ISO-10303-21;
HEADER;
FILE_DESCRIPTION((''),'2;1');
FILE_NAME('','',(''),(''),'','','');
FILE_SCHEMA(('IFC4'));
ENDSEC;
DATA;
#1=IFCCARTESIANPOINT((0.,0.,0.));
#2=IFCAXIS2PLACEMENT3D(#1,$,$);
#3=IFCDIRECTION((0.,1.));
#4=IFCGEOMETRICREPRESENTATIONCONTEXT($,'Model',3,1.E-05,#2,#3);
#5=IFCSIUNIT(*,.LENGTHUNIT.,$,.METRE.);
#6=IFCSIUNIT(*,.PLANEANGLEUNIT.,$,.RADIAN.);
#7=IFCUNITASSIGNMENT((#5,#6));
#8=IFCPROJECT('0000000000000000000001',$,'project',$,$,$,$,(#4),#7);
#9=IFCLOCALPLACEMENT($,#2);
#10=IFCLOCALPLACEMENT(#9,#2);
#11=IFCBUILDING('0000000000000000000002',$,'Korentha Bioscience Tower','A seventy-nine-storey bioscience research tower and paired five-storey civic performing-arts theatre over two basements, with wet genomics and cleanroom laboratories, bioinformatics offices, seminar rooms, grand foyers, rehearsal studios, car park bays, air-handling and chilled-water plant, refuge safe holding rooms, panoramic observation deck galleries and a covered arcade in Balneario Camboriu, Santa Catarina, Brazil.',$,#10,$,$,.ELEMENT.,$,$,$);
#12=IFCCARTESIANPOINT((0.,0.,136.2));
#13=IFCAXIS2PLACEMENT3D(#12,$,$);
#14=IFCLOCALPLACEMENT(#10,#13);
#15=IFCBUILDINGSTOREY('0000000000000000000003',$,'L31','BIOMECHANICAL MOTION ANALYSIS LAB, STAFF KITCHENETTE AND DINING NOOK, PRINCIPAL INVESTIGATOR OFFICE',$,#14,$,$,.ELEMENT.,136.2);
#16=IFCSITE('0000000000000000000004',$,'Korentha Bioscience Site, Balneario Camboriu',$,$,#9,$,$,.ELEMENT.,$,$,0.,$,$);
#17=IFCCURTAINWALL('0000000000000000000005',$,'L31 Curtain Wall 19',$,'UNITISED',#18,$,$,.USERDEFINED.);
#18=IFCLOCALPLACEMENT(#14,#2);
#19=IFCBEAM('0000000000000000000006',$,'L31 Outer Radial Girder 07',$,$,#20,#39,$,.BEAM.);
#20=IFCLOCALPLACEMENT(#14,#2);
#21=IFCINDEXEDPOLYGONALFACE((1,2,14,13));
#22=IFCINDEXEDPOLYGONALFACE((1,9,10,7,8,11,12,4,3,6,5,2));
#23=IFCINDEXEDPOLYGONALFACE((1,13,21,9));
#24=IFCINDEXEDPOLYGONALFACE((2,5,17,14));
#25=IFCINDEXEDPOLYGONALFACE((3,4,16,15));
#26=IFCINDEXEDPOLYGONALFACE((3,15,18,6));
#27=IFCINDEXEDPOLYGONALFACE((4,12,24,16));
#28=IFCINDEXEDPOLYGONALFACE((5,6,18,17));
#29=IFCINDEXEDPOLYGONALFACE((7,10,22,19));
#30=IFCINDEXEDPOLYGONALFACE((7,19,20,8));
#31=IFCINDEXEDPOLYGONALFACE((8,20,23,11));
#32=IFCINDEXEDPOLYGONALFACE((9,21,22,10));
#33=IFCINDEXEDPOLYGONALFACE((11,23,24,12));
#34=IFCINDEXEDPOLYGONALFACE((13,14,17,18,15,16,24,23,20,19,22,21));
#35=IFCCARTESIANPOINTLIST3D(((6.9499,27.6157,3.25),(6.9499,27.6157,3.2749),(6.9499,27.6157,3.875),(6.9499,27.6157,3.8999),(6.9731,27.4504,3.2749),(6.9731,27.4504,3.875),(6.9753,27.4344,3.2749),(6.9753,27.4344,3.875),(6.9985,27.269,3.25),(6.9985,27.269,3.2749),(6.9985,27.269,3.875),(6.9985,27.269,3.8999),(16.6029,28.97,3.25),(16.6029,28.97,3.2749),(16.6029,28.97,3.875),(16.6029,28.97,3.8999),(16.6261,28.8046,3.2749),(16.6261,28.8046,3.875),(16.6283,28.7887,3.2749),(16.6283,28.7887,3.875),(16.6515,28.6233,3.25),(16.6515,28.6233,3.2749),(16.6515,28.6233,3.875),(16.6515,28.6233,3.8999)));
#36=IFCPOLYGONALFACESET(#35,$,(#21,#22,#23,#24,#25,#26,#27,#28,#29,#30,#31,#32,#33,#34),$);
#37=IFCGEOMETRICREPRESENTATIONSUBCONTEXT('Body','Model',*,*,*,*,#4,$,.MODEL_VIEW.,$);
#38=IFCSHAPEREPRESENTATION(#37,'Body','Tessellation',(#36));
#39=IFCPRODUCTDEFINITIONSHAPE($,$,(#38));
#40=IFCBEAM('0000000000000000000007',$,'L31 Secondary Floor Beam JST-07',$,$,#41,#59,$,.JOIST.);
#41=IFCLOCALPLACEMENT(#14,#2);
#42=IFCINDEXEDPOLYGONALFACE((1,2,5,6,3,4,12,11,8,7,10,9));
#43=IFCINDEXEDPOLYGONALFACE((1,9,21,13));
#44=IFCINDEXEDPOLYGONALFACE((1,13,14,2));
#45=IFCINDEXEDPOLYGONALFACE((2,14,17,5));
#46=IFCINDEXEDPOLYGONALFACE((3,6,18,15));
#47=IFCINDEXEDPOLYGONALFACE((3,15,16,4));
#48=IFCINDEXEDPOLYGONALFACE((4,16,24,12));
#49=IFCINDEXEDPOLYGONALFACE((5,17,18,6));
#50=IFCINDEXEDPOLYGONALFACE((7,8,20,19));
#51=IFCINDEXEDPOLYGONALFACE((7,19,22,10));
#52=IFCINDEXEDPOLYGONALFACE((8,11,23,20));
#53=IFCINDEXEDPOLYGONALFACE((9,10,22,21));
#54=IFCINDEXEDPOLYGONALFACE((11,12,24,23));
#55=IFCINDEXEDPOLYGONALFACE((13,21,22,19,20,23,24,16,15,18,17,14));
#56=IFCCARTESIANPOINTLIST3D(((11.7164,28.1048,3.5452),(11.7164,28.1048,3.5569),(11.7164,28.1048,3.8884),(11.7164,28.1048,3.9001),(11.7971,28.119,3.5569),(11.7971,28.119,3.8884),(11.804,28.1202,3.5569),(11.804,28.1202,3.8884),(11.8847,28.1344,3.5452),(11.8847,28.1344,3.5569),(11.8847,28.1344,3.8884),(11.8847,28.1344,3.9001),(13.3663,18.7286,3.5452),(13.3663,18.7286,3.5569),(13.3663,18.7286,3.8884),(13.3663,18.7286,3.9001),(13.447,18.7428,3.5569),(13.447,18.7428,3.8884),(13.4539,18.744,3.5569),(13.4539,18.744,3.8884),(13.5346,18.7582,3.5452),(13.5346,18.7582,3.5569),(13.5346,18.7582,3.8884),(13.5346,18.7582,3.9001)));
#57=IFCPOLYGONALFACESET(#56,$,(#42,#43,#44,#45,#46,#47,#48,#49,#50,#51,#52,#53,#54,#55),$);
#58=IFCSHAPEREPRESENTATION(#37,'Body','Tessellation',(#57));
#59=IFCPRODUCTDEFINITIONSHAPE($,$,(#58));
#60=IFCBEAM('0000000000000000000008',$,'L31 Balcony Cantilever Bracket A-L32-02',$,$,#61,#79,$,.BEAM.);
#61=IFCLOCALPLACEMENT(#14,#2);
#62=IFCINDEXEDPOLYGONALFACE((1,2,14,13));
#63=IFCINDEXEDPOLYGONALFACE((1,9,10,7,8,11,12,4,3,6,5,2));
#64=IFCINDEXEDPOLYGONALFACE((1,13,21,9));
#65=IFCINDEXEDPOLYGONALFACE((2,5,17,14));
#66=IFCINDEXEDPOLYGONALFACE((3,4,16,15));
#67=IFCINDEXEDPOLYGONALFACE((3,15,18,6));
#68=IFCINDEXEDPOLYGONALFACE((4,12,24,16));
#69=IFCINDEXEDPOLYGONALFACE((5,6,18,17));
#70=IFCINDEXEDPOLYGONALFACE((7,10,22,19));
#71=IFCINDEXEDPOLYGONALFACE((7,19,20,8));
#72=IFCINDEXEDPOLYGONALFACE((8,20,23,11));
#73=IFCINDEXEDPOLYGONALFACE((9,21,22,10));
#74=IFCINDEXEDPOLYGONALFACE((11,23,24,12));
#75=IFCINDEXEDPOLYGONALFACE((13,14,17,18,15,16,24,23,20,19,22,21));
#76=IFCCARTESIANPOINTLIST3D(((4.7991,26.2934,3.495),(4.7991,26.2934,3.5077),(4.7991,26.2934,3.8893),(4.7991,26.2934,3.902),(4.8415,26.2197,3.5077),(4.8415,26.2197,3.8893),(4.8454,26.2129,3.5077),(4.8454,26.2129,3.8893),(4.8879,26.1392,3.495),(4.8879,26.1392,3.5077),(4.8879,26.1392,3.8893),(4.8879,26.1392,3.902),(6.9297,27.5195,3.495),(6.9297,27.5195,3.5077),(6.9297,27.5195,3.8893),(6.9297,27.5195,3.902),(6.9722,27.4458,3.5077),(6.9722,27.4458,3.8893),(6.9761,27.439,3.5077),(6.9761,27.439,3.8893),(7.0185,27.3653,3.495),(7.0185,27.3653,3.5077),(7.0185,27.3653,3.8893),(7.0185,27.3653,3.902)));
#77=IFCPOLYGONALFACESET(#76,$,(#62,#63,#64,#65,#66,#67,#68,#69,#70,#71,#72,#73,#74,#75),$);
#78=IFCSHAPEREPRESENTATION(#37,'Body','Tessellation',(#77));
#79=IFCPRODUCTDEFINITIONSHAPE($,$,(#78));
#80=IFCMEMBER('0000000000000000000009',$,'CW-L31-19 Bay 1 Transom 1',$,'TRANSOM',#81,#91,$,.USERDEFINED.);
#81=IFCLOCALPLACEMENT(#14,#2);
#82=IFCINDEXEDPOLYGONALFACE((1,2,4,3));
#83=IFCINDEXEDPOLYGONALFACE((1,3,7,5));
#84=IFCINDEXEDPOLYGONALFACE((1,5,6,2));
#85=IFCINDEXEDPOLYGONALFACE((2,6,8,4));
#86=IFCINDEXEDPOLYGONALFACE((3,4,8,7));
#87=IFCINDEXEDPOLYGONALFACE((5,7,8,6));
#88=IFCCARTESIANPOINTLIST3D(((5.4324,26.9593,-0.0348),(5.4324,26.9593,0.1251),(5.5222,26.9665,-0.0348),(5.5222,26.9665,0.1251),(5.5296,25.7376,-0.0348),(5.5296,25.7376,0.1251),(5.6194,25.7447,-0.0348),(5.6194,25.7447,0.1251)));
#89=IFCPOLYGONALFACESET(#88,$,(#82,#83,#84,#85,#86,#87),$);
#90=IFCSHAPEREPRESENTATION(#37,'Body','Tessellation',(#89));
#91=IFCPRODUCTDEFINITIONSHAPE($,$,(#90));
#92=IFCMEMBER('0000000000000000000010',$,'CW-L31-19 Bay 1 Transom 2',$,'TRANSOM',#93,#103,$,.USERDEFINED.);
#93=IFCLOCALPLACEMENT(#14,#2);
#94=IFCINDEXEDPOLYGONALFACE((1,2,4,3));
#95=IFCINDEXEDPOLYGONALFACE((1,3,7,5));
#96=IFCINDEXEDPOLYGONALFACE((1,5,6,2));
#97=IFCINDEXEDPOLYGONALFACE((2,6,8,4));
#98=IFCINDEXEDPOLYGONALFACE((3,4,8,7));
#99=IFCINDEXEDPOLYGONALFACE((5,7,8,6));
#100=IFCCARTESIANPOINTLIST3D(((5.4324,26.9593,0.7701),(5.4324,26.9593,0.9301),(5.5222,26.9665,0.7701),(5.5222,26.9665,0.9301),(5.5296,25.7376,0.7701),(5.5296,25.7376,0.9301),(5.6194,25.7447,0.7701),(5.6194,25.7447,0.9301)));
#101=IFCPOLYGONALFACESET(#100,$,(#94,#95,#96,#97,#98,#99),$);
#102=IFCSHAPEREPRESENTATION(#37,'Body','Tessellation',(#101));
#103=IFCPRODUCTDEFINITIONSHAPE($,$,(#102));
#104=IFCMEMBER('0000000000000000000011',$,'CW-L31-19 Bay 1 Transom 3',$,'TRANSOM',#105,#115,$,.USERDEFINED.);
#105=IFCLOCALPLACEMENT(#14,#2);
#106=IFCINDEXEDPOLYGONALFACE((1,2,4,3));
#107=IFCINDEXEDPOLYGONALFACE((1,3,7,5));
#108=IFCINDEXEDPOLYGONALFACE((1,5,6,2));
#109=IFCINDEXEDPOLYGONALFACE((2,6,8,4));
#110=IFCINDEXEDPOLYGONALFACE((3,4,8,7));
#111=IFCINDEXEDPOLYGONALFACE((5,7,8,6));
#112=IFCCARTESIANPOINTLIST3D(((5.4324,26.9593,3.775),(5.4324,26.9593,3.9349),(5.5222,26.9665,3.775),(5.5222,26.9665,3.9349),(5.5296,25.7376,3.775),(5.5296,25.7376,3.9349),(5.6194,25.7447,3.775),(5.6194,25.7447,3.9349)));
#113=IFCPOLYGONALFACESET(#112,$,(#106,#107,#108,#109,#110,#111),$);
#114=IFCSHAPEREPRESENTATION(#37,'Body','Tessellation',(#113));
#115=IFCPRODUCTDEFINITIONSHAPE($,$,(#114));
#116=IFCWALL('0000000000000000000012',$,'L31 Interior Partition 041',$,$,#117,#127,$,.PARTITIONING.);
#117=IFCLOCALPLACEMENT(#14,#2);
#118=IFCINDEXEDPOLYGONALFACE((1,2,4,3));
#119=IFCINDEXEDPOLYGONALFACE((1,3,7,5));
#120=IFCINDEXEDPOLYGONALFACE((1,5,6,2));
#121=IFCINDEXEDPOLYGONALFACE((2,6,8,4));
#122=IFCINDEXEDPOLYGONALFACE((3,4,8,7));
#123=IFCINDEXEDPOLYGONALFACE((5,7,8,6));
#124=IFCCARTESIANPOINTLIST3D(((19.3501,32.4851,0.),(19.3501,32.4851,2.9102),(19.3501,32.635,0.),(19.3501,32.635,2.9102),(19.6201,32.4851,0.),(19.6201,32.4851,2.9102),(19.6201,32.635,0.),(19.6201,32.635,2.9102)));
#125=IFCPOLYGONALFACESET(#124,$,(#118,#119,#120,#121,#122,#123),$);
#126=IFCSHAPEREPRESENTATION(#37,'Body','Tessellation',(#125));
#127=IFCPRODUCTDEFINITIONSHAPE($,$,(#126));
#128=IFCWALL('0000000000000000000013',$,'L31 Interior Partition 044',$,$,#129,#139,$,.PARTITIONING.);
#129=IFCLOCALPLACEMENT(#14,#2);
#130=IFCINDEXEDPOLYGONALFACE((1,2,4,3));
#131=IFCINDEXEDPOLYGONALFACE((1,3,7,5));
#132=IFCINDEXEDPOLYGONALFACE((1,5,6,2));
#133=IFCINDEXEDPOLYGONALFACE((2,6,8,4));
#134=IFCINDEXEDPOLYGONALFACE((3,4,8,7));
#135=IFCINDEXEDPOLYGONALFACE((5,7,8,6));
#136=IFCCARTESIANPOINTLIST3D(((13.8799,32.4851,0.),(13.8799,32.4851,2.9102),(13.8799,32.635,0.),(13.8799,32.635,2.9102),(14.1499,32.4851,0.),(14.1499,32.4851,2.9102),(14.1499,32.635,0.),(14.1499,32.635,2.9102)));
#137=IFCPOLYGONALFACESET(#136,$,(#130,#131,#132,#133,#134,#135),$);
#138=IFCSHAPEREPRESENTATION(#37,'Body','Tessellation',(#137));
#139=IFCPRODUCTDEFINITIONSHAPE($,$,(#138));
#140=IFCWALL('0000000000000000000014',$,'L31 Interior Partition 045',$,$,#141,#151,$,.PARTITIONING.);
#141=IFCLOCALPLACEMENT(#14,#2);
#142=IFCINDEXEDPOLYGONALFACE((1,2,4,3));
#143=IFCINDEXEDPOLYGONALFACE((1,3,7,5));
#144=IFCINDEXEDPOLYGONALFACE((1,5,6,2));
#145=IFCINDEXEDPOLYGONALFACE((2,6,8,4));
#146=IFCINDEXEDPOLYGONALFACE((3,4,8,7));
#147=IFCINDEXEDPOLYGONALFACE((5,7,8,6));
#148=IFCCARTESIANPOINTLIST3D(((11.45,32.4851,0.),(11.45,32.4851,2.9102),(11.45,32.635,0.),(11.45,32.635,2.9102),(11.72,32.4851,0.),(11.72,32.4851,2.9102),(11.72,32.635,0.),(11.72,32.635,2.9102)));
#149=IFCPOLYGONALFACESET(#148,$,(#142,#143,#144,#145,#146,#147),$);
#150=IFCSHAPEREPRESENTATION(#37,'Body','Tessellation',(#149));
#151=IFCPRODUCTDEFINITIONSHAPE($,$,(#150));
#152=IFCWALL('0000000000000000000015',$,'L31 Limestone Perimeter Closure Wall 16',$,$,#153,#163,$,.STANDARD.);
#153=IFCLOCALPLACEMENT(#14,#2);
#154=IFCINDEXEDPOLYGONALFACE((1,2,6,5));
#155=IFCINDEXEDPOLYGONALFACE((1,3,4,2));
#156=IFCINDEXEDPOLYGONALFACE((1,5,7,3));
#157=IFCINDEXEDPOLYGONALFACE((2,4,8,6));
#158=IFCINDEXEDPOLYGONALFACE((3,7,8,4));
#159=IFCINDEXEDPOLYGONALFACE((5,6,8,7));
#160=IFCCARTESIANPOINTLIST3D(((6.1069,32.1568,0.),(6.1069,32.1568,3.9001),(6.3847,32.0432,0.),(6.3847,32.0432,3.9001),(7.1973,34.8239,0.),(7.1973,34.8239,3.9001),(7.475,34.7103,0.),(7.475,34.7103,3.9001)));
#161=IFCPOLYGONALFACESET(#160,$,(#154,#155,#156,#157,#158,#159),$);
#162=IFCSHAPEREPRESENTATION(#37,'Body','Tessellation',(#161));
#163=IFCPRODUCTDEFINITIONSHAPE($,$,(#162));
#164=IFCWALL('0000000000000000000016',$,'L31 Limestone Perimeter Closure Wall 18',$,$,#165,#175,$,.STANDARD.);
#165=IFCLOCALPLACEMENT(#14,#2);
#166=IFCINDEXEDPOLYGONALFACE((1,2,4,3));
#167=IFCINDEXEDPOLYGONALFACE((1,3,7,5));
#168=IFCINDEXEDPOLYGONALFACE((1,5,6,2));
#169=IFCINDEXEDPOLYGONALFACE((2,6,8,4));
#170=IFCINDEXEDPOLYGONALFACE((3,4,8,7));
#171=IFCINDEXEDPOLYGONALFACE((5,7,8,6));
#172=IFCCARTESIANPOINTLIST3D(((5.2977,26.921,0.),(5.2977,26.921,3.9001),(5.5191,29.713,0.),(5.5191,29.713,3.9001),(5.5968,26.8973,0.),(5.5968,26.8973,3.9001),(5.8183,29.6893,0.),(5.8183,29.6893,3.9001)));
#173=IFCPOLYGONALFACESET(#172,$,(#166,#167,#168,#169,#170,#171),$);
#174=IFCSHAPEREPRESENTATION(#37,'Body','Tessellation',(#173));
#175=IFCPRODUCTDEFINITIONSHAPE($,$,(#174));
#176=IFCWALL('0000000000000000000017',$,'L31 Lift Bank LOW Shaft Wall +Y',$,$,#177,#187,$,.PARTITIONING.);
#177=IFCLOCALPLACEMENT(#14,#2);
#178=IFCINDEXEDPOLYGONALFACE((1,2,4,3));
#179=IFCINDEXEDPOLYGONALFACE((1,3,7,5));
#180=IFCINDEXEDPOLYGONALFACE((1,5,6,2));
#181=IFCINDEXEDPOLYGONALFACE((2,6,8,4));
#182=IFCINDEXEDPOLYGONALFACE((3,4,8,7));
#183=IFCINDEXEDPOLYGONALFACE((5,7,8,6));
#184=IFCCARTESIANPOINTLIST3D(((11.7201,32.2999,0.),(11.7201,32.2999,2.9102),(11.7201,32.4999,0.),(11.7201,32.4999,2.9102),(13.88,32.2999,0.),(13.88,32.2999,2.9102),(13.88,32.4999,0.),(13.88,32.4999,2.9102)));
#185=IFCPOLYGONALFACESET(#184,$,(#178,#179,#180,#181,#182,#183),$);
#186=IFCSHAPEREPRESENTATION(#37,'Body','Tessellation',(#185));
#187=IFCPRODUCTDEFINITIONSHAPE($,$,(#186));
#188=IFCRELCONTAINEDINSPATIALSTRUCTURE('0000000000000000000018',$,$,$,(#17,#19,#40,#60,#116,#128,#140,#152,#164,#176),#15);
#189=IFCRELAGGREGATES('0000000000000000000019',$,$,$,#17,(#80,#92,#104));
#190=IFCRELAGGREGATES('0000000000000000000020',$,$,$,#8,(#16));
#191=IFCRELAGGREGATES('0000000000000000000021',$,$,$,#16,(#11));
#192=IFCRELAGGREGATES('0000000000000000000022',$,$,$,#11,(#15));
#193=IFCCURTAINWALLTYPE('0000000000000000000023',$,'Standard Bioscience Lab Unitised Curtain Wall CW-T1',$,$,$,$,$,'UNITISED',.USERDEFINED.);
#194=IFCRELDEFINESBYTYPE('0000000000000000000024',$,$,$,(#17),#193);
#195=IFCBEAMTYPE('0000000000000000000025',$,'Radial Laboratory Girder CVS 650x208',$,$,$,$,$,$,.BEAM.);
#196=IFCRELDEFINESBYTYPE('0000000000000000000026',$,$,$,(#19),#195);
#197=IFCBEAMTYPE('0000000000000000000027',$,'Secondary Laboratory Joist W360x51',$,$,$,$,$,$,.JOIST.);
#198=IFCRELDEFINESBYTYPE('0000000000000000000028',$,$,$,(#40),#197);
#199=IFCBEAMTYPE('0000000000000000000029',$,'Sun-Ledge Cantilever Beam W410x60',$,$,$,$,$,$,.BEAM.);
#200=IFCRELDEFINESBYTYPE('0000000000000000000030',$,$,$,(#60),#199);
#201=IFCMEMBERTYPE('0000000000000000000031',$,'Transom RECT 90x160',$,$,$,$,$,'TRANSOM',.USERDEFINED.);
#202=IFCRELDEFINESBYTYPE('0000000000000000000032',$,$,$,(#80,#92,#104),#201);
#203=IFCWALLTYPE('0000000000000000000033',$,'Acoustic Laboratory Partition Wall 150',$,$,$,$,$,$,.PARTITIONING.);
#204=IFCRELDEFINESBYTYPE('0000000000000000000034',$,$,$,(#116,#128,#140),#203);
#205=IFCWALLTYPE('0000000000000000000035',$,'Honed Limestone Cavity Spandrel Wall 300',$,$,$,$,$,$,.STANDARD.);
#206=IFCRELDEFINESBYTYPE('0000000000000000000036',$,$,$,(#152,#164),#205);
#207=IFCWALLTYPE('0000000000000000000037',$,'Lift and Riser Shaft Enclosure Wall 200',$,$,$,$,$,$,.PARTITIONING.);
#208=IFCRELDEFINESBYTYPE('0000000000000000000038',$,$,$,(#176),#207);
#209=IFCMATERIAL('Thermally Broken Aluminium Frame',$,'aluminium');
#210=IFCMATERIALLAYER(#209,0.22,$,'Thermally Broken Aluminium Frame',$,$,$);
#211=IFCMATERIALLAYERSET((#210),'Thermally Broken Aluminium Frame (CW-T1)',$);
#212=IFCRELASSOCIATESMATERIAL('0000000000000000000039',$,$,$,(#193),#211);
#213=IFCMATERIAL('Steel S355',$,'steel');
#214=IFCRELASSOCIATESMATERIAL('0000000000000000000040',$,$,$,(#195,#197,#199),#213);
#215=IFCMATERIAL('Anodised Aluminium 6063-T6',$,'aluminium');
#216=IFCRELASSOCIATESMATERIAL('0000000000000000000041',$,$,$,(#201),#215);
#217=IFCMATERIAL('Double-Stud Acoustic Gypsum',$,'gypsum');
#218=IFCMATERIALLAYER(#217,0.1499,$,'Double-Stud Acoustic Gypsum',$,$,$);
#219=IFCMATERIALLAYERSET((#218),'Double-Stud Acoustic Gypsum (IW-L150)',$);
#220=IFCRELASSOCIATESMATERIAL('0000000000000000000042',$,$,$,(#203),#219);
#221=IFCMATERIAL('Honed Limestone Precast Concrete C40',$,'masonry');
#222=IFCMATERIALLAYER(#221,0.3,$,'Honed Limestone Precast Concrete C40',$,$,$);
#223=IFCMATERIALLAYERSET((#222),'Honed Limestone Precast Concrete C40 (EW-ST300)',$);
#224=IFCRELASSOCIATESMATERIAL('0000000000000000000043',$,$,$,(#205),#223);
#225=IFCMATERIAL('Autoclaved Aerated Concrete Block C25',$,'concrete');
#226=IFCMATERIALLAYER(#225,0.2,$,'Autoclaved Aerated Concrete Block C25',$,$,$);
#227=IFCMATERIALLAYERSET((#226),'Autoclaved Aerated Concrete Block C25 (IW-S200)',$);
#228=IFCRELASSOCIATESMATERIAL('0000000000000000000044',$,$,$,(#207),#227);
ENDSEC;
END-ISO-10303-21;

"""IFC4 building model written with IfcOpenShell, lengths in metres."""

from ifc_helpers import new_model, si_unit, direction, frame, frame_2d, origin, origin_2d, place, context, subcontext, project, spatial, rectangle, i_section, extrude, material, layer, layer_set, material_profile, profile_set, type_object, element, aggregate, save


model = new_model("IFC4")

# Units and contexts
model_context = context("Model", 3, precision=1e-05, world=origin(), true_north=direction((0.0, 1.0)))
body_context = subcontext(model_context, "Body", "Model", "MODEL_VIEW")
ifc_project = project(units=[si_unit("LENGTHUNIT", "METRE"), si_unit("PLANEANGLEUNIT", "RADIAN")], contexts=[model_context])

# Site, building, storey
site_placement = place(None, origin())
site = spatial("IfcSite", under=ifc_project, at=site_placement, Name="Korentha Bioscience Site, Balneario Camboriu", CompositionType="ELEMENT", RefElevation=0.0)
building_placement = place(site_placement, origin())
building = spatial("IfcBuilding", under=site, at=building_placement, Name="Korentha Bioscience Tower", Description="A seventy-nine-storey bioscience research tower and paired five-storey civic performing-arts theatre over two basements, with wet genomics and cleanroom laboratories, bioinformatics offices, seminar rooms, grand foyers, rehearsal studios, car park bays, air-handling and chilled-water plant, refuge safe holding rooms, panoramic observation deck galleries and a covered arcade in Balneario Camboriu, Santa Catarina, Brazil.", CompositionType="ELEMENT")
storey_placement = place(building_placement, frame((0.0, 0.0, 136.2)))
storey = spatial("IfcBuildingStorey", under=building, at=storey_placement, Name="L31", Description="BIOMECHANICAL MOTION ANALYSIS LAB, STAFF KITCHENETTE AND DINING NOOK, PRINCIPAL INVESTIGATOR OFFICE", CompositionType="ELEMENT", Elevation=136.2)

# Shared definitions
ifc_material_1 = material(Name="Steel S355", Category="steel")

# Curtain wall
ifc_material_2 = material(Name="Thermally Broken Aluminium Frame", Category="aluminium")
ifc_layer_1 = layer(ifc_material_2, 0.22, Name="Thermally Broken Aluminium Frame")
ifc_layer_set_1 = layer_set([ifc_layer_1], Name="Thermally Broken Aluminium Frame (CW-T1)")
curtain_wall_type = type_object("IfcCurtainWallType", Name="Standard Bioscience Lab Unitised Curtain Wall CW-T1", ElementType="UNITISED", PredefinedType="USERDEFINED", material=ifc_layer_set_1)
curtain_wall_placement = place(storey_placement, origin())
curtain_wall = element("IfcCurtainWall", 1, at=curtain_wall_placement, inside=storey, type_object=curtain_wall_type, Name="L31 Curtain Wall 19", ObjectType="UNITISED", PredefinedType="USERDEFINED")
ifc_material_3 = material(Name="Anodised Aluminium 6063-T6", Category="aluminium")

# Beams
ifc_material_profile_1 = material_profile(ifc_material_1, i_section(OverallWidth=0.3501, OverallDepth=0.6499, WebThickness=0.0161, FlangeThickness=0.0249, at=origin_2d()), Name="Steel S355")
ifc_profile_set_1 = profile_set([ifc_material_profile_1], Name="Steel S355 (RB-650)")
beam_type_1 = type_object("IfcBeamType", Name="Radial Laboratory Girder CVS 650x208", PredefinedType="BEAM", material=ifc_profile_set_1)
beam_1_placement = place(storey_placement, frame((16.6272, 28.7966, 3.575), z_axis=(-0.990302, -0.138931, 0.0), x_axis=(0.138931, -0.990302, 0.0)))
element("IfcBeam", 2, at=beam_1_placement, inside=storey, type_object=beam_type_1, Name="L31 Outer Radial Girder 07", PredefinedType="BEAM", context=body_context, shape_type="SweptSolid", body=[
    extrude(i_section(OverallWidth=0.3501, OverallDepth=0.6499, WebThickness=0.0161, FlangeThickness=0.0249, at=origin_2d()), origin(), (0.0, 0.0, 1.0), 9.7476),
])
ifc_material_profile_2 = material_profile(ifc_material_1, i_section(OverallWidth=0.1709, OverallDepth=0.355, WebThickness=0.0071, FlangeThickness=0.0117, at=origin_2d()), Name="Steel S355")
ifc_profile_set_2 = profile_set([ifc_material_profile_2], Name="Steel S355 (JB-360)")
beam_type_2 = type_object("IfcBeamType", Name="Secondary Laboratory Joist W360x51", PredefinedType="JOIST", material=ifc_profile_set_2)
beam_2_placement = place(storey_placement, frame((11.8005, 28.1196, 3.7227), z_axis=(0.173304, -0.984868, 0.0), x_axis=(0.984868, 0.173304, 0.0)))
element("IfcBeam", 3, at=beam_2_placement, inside=storey, type_object=beam_type_2, Name="L31 Secondary Floor Beam JST-07", PredefinedType="JOIST", context=body_context, shape_type="SweptSolid", body=[
    extrude(i_section(OverallWidth=0.1709, OverallDepth=0.355, WebThickness=0.0071, FlangeThickness=0.0117, at=origin_2d()), origin(), (0.0, 0.0, 1.0), 9.5203),
])
ifc_material_profile_3 = material_profile(ifc_material_1, i_section(OverallWidth=0.178, OverallDepth=0.407, WebThickness=0.0078, FlangeThickness=0.0127, at=origin_2d()), Name="Steel S355")
ifc_profile_set_3 = profile_set([ifc_material_profile_3], Name="Steel S355 (CB-410)")
beam_type_3 = type_object("IfcBeamType", Name="Sun-Ledge Cantilever Beam W410x60", PredefinedType="BEAM", material=ifc_profile_set_3)
beam_3_placement = place(storey_placement, frame((6.9741, 27.4424, 3.6985), z_axis=(-0.866736, -0.498768, 0.0), x_axis=(0.498768, -0.866736, 0.0)))
element("IfcBeam", 4, at=beam_3_placement, inside=storey, type_object=beam_type_3, Name="L31 Balcony Cantilever Bracket A-L32-02", PredefinedType="BEAM", context=body_context, shape_type="SweptSolid", body=[
    extrude(i_section(OverallWidth=0.178, OverallDepth=0.407, WebThickness=0.0078, FlangeThickness=0.0127, at=origin_2d()), origin(), (0.0, 0.0, 1.0), 2.4583),
])

# Members
ifc_material_profile_4 = material_profile(ifc_material_3, rectangle(XDim=0.0901, YDim=0.1599, at=origin_2d()), Name="Anodised Aluminium 6063-T6")
ifc_profile_set_4 = profile_set([ifc_material_profile_4], Name="Anodised Aluminium 6063-T6 (CW-TRN)")
member_type_1 = type_object("IfcMemberType", Name="Transom RECT 90x160", ElementType="TRANSOM", PredefinedType="USERDEFINED", material=ifc_profile_set_4)
member_1_placement = place(storey_placement, frame((5.4773, 26.9629, 0.0452), z_axis=(0.079286, -0.996852, 0.0), x_axis=(0.996852, 0.079286, 0.0)))
member_1 = element("IfcMember", 5, at=member_1_placement, type_object=member_type_1, Name="CW-L31-19 Bay 1 Transom 1", ObjectType="TRANSOM", PredefinedType="USERDEFINED", context=body_context, shape_type="SweptSolid", body=[
    extrude(rectangle(XDim=0.0901, YDim=0.1599, at=origin_2d()), origin(), (0.0, 0.0, 1.0), 1.2256),
])
member_2_placement = place(storey_placement, frame((5.4773, 26.9629, 0.8501), z_axis=(0.079286, -0.996852, 0.0), x_axis=(0.996852, 0.079286, 0.0)))
member_2 = element("IfcMember", 6, at=member_2_placement, type_object=member_type_1, Name="CW-L31-19 Bay 1 Transom 2", ObjectType="TRANSOM", PredefinedType="USERDEFINED", context=body_context, shape_type="SweptSolid", body=[
    extrude(rectangle(XDim=0.0901, YDim=0.1599, at=origin_2d()), origin(), (0.0, 0.0, 1.0), 1.2256),
])
member_3_placement = place(storey_placement, frame((5.4773, 26.9629, 3.855), z_axis=(0.079286, -0.996852, 0.0), x_axis=(0.996852, 0.079286, 0.0)))
member_3 = element("IfcMember", 7, at=member_3_placement, type_object=member_type_1, Name="CW-L31-19 Bay 1 Transom 3", ObjectType="TRANSOM", PredefinedType="USERDEFINED", context=body_context, shape_type="SweptSolid", body=[
    extrude(rectangle(XDim=0.0901, YDim=0.1599, at=origin_2d()), origin(), (0.0, 0.0, 1.0), 1.2256),
])
aggregate(curtain_wall, [member_1, member_2, member_3])

# Walls
ifc_material_4 = material(Name="Double-Stud Acoustic Gypsum", Category="gypsum")
ifc_layer_2 = layer(ifc_material_4, 0.1499, Name="Double-Stud Acoustic Gypsum")
ifc_layer_set_2 = layer_set([ifc_layer_2], Name="Double-Stud Acoustic Gypsum (IW-L150)")
wall_type_1 = type_object("IfcWallType", Name="Acoustic Laboratory Partition Wall 150", PredefinedType="PARTITIONING", material=ifc_layer_set_2)
for number, where, z_axis, x_axis, name in (
    (8, (19.6201, 32.5601, 0.0), (0.0, 0.0, 1.0), (-1.0, 0.0, 0.0), "L31 Interior Partition 041"),
    (9, (14.1499, 32.5601, 0.0), (0.0, 0.0, 1.0), (-1.0, 0.0, 0.0), "L31 Interior Partition 044"),
    (10, (11.72, 32.5601, 0.0), (0.0, 0.0, 1.0), (-1.0, 0.0, 0.0), "L31 Interior Partition 045"),
):
    element("IfcWall", number, at=place(storey_placement, frame(where, z_axis=z_axis, x_axis=x_axis)), inside=storey, type_object=wall_type_1, Name=name, PredefinedType="PARTITIONING", context=body_context, shape_type="SweptSolid", body=[
        extrude(rectangle(XDim=0.27, YDim=0.1499, at=frame_2d((0.135, 0.0))), origin(), (0.0, 0.0, 1.0), 2.9102),
    ])

# Shared definitions
ifc_material_5 = material(Name="Honed Limestone Precast Concrete C40", Category="masonry")
ifc_layer_3 = layer(ifc_material_5, 0.3, Name="Honed Limestone Precast Concrete C40")
ifc_layer_set_3 = layer_set([ifc_layer_3], Name="Honed Limestone Precast Concrete C40 (EW-ST300)")
wall_type_2 = type_object("IfcWallType", Name="Honed Limestone Cavity Spandrel Wall 300", PredefinedType="STANDARD", material=ifc_layer_set_3)

# Walls
wall_1_placement = place(storey_placement, frame((7.3362, 34.7671, 0.0), z_axis=(0.0, 0.0, 1.0), x_axis=(-0.378422, -0.925633, 0.0)))
element("IfcWall", 11, at=wall_1_placement, inside=storey, type_object=wall_type_2, Name="L31 Limestone Perimeter Closure Wall 16", PredefinedType="STANDARD", context=body_context, shape_type="SweptSolid", body=[
    extrude(rectangle(XDim=2.8813, YDim=0.3, at=frame_2d((1.4407, 0.0))), origin(), (0.0, 0.0, 1.0), 3.9001),
])
wall_2_placement = place(storey_placement, frame((5.6687, 29.7012, 0.0), z_axis=(0.0, 0.0, 1.0), x_axis=(-0.079063, -0.99687, 0.0)))
element("IfcWall", 12, at=wall_2_placement, inside=storey, type_object=wall_type_2, Name="L31 Limestone Perimeter Closure Wall 18", PredefinedType="STANDARD", context=body_context, shape_type="SweptSolid", body=[
    extrude(rectangle(XDim=2.8008, YDim=0.3, at=frame_2d((1.4004, 0.0))), origin(), (0.0, 0.0, 1.0), 3.9001),
])
ifc_material_6 = material(Name="Autoclaved Aerated Concrete Block C25", Category="concrete")
ifc_layer_4 = layer(ifc_material_6, 0.2, Name="Autoclaved Aerated Concrete Block C25")
ifc_layer_set_4 = layer_set([ifc_layer_4], Name="Autoclaved Aerated Concrete Block C25 (IW-S200)")
wall_type_3 = type_object("IfcWallType", Name="Lift and Riser Shaft Enclosure Wall 200", PredefinedType="PARTITIONING", material=ifc_layer_set_4)
wall_3_placement = place(storey_placement, frame((11.72, 32.3999, 0.0), z_axis=(0.0, 0.0, 1.0), x_axis=(1.0, 0.0, 0.0)))
element("IfcWall", 13, at=wall_3_placement, inside=storey, type_object=wall_type_3, Name="L31 Lift Bank LOW Shaft Wall +Y", PredefinedType="PARTITIONING", context=body_context, shape_type="SweptSolid", body=[
    extrude(rectangle(XDim=2.1599, YDim=0.2, at=frame_2d((1.0801, 0.0))), origin(), (0.0, 0.0, 1.0), 2.9102),
])

save(model, "model.ifc")
